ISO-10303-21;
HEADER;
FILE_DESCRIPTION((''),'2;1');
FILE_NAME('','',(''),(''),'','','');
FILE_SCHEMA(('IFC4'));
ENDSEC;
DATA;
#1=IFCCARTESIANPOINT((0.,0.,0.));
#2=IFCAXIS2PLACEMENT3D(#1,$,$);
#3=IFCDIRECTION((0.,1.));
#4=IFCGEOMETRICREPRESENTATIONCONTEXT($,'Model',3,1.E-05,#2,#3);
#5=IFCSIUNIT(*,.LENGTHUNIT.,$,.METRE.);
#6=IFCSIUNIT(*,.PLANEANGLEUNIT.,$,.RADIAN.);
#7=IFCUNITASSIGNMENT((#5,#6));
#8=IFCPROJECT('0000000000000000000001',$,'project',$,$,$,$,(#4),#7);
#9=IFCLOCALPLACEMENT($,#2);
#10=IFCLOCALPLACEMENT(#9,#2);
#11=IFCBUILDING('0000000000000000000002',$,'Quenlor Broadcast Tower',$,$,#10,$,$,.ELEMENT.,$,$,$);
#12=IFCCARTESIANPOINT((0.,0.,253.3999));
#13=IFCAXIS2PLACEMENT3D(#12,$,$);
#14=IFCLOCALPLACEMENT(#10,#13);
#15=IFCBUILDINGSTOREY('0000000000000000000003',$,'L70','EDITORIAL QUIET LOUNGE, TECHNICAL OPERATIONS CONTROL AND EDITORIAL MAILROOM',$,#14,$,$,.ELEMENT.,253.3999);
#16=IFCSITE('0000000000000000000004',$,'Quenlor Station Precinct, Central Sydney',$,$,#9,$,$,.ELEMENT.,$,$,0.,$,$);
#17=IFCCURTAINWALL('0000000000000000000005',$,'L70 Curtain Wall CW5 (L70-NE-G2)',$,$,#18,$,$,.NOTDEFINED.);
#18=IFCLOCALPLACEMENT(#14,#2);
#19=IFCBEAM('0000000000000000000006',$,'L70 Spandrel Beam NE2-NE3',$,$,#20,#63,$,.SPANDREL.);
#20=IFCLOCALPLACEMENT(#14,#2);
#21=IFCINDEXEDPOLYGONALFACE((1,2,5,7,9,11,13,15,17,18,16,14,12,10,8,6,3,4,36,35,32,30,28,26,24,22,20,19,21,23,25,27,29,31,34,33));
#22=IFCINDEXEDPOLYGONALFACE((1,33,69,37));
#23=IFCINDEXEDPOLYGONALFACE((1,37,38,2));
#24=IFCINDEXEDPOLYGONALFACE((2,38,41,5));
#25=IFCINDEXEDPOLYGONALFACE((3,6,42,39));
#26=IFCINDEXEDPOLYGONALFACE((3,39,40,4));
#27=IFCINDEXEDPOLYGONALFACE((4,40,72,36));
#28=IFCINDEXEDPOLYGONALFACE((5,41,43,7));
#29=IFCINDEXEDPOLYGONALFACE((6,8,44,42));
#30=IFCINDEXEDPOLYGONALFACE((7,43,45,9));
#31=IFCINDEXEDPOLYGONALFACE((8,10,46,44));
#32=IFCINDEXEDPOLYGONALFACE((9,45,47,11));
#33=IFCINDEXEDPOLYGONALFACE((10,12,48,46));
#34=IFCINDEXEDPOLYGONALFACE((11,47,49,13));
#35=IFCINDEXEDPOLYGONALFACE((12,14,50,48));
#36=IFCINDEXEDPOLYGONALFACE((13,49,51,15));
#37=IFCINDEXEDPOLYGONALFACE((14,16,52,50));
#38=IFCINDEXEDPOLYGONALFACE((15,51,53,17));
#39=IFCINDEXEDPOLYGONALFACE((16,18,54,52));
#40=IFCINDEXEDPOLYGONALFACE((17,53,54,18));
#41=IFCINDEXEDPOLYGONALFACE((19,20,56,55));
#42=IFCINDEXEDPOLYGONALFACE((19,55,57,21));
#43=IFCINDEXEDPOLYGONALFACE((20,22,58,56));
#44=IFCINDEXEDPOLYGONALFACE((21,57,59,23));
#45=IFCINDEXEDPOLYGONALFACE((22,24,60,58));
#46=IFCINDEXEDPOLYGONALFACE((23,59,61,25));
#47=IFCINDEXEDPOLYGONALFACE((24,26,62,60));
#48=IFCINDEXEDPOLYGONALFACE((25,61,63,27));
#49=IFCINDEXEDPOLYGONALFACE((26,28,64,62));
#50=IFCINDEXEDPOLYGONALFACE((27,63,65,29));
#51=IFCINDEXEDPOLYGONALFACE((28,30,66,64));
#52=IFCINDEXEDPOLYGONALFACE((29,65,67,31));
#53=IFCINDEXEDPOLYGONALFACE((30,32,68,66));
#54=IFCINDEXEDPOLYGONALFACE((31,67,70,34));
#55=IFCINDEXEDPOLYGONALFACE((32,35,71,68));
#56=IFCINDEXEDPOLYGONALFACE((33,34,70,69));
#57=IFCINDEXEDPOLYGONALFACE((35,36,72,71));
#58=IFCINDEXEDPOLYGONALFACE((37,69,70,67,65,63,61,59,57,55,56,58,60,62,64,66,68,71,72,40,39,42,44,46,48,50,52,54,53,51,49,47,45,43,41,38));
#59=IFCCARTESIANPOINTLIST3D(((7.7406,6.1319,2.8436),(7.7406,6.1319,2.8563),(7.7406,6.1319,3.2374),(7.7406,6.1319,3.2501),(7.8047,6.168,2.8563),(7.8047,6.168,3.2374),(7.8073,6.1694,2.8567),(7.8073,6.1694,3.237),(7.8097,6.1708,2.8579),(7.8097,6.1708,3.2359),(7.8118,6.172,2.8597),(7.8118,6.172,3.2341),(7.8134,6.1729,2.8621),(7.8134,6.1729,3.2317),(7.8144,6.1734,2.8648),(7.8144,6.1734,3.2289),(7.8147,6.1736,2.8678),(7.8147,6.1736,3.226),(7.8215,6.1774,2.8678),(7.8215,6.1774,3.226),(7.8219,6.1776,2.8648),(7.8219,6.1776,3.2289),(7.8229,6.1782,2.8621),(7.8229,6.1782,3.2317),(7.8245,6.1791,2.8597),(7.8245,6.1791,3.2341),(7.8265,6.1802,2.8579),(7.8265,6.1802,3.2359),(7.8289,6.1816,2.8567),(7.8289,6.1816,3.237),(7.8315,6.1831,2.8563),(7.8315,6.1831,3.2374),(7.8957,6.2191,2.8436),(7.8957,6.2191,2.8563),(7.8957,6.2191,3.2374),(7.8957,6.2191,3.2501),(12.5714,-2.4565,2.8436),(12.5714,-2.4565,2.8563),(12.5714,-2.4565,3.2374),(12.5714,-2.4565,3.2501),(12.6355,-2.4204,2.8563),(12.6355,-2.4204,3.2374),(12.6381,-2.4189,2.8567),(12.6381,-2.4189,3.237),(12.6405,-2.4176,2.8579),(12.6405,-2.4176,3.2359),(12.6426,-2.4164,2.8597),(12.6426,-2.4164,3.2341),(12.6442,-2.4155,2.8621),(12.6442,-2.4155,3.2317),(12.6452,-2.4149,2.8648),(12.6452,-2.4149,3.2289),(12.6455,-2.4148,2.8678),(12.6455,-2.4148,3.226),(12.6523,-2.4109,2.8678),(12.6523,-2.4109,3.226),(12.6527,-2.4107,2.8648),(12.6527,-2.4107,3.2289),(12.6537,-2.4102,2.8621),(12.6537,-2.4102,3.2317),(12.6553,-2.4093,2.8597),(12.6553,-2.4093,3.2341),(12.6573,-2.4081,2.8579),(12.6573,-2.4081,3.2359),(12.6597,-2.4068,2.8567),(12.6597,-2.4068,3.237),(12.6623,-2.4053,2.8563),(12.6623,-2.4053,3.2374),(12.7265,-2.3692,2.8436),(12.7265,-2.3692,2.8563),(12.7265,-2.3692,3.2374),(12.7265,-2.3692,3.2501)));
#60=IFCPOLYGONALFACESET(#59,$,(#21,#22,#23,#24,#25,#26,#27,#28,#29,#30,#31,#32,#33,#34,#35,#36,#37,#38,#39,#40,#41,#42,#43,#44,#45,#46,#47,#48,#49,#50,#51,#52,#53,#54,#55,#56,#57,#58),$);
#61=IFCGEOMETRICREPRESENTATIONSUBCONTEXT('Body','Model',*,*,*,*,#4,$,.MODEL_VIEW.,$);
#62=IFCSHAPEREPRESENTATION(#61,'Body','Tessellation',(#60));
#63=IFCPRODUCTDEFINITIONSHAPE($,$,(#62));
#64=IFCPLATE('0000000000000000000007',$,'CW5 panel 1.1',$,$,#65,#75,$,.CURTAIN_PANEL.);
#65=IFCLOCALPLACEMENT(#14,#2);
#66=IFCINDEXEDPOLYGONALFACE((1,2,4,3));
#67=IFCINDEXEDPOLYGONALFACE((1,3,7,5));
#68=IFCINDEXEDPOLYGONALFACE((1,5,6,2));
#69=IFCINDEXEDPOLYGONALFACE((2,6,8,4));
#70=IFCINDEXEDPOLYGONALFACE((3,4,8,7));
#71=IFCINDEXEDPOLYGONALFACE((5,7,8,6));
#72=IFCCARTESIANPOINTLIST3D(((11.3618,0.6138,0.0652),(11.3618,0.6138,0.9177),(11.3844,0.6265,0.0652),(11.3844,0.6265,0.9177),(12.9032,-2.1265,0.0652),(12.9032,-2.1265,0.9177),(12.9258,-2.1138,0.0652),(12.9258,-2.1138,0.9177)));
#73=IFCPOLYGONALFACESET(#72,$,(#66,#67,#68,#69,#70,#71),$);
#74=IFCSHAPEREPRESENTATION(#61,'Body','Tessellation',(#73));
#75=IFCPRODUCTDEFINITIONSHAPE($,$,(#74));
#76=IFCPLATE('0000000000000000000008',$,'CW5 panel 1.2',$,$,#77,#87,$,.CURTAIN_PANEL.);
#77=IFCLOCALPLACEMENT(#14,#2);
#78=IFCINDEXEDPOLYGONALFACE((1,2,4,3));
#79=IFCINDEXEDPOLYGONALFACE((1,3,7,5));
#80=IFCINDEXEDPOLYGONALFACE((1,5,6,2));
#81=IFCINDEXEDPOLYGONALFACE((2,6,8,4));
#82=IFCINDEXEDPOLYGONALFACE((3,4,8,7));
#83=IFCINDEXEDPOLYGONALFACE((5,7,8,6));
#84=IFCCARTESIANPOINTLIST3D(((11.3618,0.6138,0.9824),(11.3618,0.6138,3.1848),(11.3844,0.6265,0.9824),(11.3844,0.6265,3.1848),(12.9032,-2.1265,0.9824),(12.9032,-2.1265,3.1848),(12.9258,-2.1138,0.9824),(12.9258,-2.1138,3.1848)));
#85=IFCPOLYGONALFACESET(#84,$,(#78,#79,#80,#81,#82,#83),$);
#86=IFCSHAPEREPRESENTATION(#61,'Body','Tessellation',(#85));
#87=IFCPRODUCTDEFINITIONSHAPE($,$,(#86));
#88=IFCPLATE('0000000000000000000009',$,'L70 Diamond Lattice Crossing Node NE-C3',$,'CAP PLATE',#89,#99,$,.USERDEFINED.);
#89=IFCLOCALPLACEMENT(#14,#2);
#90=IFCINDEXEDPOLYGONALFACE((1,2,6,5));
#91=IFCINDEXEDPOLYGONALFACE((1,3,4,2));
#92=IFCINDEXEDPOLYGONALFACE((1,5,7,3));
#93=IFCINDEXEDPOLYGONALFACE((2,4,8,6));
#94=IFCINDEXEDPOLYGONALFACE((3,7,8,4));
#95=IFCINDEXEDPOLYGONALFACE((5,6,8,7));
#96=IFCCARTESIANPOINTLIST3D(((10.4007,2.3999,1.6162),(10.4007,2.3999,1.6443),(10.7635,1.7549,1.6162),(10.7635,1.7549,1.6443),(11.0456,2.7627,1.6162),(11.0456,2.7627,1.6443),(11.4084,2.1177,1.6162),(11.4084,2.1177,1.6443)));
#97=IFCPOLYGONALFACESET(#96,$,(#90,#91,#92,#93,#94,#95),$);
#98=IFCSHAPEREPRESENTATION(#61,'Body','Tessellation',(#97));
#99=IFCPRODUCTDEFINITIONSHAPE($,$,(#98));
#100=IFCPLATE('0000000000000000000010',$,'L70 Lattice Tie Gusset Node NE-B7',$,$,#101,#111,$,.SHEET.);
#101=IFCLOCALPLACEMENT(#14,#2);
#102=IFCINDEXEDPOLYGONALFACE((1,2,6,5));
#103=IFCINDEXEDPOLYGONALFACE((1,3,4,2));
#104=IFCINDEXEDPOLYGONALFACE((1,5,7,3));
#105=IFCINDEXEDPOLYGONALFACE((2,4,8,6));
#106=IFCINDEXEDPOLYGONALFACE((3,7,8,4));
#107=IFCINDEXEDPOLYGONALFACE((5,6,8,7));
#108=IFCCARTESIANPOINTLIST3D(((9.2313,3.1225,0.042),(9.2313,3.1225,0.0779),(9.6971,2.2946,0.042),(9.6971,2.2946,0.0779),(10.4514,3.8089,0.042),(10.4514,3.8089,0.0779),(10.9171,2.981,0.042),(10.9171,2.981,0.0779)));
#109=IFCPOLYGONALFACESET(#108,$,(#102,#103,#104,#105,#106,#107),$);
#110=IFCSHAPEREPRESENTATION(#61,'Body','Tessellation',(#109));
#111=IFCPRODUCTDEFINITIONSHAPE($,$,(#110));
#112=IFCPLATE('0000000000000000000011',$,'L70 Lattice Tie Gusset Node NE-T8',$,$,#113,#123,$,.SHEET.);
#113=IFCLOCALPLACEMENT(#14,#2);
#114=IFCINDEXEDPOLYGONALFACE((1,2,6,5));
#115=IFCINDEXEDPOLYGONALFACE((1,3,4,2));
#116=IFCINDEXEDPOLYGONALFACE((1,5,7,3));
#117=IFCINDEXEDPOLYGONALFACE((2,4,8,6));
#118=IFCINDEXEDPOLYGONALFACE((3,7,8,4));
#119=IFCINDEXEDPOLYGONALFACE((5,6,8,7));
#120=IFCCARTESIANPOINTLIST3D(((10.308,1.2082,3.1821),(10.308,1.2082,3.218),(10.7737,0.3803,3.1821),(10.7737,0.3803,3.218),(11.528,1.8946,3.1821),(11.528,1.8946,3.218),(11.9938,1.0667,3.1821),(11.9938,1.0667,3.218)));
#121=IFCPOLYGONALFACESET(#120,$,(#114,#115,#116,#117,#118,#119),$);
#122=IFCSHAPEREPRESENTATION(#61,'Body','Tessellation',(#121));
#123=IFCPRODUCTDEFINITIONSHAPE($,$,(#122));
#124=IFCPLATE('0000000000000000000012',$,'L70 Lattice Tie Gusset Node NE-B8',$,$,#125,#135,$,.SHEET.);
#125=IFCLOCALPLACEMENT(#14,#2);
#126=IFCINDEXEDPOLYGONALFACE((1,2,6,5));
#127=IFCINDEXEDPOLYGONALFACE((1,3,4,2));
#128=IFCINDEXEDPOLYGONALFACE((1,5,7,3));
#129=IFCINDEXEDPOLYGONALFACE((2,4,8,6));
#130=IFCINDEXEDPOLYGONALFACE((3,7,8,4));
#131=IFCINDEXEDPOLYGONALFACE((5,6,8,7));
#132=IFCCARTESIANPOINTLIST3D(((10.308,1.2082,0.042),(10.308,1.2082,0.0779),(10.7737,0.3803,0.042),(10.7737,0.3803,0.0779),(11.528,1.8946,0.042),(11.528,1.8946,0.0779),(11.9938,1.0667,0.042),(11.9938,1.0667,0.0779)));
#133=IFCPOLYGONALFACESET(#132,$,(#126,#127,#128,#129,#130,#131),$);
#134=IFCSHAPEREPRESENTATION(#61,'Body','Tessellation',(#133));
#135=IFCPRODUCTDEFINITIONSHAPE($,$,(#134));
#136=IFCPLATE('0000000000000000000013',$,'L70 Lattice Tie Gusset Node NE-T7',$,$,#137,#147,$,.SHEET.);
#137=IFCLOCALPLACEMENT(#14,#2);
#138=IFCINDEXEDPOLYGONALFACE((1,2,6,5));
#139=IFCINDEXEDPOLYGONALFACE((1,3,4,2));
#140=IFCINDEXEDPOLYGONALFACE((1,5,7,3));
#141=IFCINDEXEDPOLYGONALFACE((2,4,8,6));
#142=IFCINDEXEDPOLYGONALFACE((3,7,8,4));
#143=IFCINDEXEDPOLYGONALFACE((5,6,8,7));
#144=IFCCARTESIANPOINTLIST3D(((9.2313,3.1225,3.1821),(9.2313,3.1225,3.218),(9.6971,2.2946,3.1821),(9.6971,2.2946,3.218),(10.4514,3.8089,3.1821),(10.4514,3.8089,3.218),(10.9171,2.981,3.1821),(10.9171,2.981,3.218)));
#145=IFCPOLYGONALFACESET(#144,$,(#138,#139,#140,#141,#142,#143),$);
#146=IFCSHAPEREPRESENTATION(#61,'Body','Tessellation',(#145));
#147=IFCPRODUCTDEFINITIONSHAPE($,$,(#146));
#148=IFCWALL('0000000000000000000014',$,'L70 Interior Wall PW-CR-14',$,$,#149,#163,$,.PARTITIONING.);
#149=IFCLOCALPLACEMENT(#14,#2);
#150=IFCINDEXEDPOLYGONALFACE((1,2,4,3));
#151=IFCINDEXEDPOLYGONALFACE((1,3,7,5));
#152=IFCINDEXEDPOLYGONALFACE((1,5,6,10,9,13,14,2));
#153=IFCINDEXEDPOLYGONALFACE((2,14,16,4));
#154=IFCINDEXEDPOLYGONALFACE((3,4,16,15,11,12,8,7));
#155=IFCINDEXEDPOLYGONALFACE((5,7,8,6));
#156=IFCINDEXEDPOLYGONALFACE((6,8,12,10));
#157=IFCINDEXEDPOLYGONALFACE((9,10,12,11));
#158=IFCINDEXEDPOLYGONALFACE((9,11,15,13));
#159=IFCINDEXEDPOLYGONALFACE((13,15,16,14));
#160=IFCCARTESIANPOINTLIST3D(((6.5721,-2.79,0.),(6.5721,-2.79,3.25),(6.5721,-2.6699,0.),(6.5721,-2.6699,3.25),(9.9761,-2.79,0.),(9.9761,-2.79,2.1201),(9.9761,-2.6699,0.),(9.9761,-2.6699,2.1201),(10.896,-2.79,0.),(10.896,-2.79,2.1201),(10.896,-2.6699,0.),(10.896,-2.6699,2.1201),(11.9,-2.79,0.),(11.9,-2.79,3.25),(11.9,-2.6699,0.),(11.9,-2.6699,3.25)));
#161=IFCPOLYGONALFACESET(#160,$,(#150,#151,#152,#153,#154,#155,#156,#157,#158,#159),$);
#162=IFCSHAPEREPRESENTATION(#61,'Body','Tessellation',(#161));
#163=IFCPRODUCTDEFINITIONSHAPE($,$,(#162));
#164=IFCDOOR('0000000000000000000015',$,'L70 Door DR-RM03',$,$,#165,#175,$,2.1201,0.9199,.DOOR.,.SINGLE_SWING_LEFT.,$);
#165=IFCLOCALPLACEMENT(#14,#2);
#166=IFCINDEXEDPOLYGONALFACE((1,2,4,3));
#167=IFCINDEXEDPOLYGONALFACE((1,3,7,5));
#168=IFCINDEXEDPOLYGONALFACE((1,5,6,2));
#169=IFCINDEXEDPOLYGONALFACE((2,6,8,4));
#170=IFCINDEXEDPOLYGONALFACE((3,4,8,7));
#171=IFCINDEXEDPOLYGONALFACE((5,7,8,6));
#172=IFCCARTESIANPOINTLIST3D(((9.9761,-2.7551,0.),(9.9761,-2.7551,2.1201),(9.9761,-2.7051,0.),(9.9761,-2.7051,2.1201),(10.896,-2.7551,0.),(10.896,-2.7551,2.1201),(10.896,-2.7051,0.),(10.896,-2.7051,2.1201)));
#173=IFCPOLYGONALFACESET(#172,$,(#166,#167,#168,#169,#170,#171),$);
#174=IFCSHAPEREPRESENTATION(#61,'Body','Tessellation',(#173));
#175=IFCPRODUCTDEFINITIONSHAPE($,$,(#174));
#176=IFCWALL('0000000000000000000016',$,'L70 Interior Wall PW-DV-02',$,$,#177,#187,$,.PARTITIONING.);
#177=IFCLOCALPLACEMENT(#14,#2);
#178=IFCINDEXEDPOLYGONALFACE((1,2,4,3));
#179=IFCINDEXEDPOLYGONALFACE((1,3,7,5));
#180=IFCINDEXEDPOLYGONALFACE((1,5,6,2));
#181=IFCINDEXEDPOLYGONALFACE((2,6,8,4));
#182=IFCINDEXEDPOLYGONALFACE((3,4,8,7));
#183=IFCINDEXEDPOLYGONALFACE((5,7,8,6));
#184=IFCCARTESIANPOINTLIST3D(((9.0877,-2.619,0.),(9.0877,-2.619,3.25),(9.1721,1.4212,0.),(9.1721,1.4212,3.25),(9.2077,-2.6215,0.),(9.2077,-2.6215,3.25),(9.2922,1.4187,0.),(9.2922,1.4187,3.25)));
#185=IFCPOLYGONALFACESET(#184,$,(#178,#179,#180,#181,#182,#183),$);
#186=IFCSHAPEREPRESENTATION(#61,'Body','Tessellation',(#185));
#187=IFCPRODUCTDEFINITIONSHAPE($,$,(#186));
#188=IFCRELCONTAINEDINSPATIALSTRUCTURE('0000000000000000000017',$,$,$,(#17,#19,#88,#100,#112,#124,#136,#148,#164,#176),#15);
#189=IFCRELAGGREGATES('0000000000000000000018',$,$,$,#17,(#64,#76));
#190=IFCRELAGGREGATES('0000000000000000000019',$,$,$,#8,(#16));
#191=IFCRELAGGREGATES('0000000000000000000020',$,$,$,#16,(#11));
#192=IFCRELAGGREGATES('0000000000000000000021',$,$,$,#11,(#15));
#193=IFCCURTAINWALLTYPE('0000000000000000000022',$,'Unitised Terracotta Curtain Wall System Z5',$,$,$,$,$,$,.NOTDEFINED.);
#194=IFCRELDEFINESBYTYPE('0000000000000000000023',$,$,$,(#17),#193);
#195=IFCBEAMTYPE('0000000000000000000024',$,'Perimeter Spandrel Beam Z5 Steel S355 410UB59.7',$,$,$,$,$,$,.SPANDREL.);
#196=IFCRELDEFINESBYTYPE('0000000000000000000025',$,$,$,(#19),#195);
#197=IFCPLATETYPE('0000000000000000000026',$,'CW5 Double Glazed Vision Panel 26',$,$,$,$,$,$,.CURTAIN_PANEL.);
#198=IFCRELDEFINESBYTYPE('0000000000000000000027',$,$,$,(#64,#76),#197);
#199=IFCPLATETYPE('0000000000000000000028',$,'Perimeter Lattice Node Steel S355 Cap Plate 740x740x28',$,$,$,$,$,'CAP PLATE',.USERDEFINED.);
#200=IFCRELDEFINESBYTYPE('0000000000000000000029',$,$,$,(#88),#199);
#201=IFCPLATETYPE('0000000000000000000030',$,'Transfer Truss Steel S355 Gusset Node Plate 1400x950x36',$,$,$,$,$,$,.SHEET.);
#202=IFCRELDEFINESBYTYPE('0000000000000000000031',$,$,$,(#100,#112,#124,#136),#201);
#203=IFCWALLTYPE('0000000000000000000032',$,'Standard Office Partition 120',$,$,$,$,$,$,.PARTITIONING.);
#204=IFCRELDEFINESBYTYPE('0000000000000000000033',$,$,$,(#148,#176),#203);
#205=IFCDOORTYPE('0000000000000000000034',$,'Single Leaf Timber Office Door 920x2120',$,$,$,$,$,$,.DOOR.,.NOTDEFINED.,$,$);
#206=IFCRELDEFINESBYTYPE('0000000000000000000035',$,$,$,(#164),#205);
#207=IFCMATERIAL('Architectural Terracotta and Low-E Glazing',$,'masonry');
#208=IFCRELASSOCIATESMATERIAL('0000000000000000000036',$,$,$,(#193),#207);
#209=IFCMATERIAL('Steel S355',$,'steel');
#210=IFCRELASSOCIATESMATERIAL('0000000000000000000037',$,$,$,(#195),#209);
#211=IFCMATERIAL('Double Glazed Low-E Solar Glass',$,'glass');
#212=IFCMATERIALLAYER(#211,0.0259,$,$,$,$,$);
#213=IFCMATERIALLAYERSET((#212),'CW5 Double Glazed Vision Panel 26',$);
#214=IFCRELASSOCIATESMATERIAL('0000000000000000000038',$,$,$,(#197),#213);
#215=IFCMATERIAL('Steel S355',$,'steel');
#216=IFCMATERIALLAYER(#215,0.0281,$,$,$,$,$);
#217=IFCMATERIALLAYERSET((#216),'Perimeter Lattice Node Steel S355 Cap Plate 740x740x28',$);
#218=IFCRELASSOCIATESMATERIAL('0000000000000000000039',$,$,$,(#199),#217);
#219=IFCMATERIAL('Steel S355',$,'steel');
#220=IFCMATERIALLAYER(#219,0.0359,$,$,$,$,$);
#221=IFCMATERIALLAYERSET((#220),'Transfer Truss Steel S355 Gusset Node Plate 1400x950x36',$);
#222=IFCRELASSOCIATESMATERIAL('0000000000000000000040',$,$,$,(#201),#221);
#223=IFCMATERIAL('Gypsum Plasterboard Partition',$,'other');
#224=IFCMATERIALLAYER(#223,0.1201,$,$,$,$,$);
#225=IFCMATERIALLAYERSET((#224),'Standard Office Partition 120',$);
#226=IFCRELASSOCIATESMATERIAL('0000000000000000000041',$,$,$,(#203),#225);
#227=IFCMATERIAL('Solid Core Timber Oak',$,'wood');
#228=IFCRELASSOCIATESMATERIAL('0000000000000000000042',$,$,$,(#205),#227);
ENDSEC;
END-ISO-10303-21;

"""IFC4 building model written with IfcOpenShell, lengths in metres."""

from ifc_helpers import new_model, si_unit, direction, frame, frame_2d, origin, origin_2d, place, context, subcontext, project, spatial, rectangle, i_section, extrude, material, layer, layer_set, material_profile, profile_set, type_object, element, fill, aggregate, save


model = new_model("IFC4")

# Units and contexts
model_context = context("Model", 3, precision=1e-05, world=origin(), true_north=direction((0.0, 1.0)))
body_context = subcontext(model_context, "Body", "Model", "MODEL_VIEW")
ifc_project = project(units=[si_unit("LENGTHUNIT", "METRE"), si_unit("PLANEANGLEUNIT", "RADIAN")], contexts=[model_context])

# Site, building, storey
site_placement = place(None, origin())
site = spatial("IfcSite", under=ifc_project, at=site_placement, Name="Quenlor Station Precinct, Central Sydney", CompositionType="ELEMENT", RefElevation=0.0)
building_placement = place(site_placement, origin())
building = spatial("IfcBuilding", under=site, at=building_placement, Name="Quenlor Broadcast Tower", CompositionType="ELEMENT")
storey_placement = place(building_placement, frame((0.0, 0.0, 253.3999)))
storey = spatial("IfcBuildingStorey", under=building, at=storey_placement, Name="L70", Description="EDITORIAL QUIET LOUNGE, TECHNICAL OPERATIONS CONTROL AND EDITORIAL MAILROOM", CompositionType="ELEMENT", Elevation=253.3999)

# Shared definitions
ifc_material_1 = material(Name="Architectural Terracotta and Low-E Glazing", Category="masonry")
curtain_wall_type = type_object("IfcCurtainWallType", Name="Unitised Terracotta Curtain Wall System Z5", PredefinedType="NOTDEFINED", material=ifc_material_1)

# Curtain wall
curtain_wall_1_placement = place(storey_placement, origin())
curtain_wall_1 = element("IfcCurtainWall", 1, at=curtain_wall_1_placement, inside=storey, type_object=curtain_wall_type, Name="L70 Curtain Wall CW5 (L70-NE-G2)", PredefinedType="NOTDEFINED")

# Beam
ifc_material_2 = material(Name="Steel S355", Category="steel")
ifc_material_profile_1 = material_profile(ifc_material_2, i_section(OverallWidth=0.178, OverallDepth=0.4065, WebThickness=0.0078, FlangeThickness=0.0127, FilletRadius=0.0115, at=origin_2d()))
ifc_profile_set_1 = profile_set([ifc_material_profile_1], Name="Steel S355 410UB59.7")
beam_type = type_object("IfcBeamType", Name="Perimeter Spandrel Beam Z5 Steel S355 410UB59.7", PredefinedType="SPANDREL", material=ifc_profile_set_1)
beam_placement = place(storey_placement, frame((12.6489, -2.4128, 3.0469), z_axis=(-0.490249, 0.871582, 0.0), x_axis=(-0.871582, -0.490249, 0.0)))
element("IfcBeam", 2, at=beam_placement, inside=storey, type_object=beam_type, Name="L70 Spandrel Beam NE2-NE3", PredefinedType="SPANDREL", context=body_context, shape_type="SweptSolid", body=[
    extrude(i_section(OverallWidth=0.178, OverallDepth=0.4065, WebThickness=0.0078, FlangeThickness=0.0127, FilletRadius=0.0115, at=origin_2d()), origin(), (0.0, 0.0, 1.0), 9.8538),
])

# Plates
ifc_material_3 = material(Name="Double Glazed Low-E Solar Glass", Category="glass")
ifc_layer_1 = layer(ifc_material_3, 0.0259)
ifc_layer_set_1 = layer_set([ifc_layer_1], Name="CW5 Double Glazed Vision Panel 26")
plate_type_1 = type_object("IfcPlateType", Name="CW5 Double Glazed Vision Panel 26", PredefinedType="CURTAIN_PANEL", material=ifc_layer_set_1)
plate_1_placement = place(storey_placement, frame((12.1438, -0.75, 0.0652), z_axis=(0.0, 0.0, 1.0), x_axis=(0.490263, -0.871575, 0.0)))
plate_1 = element("IfcPlate", 3, at=plate_1_placement, type_object=plate_type_1, Name="CW5 panel 1.1", PredefinedType="CURTAIN_PANEL", context=body_context, shape_type="SweptSolid", body=[
    extrude(rectangle(XDim=3.144, YDim=0.0259, at=origin_2d()), origin(), (0.0, 0.0, 1.0), 0.8525),
])
plate_2_placement = place(storey_placement, frame((12.1438, -0.75, 0.9824), z_axis=(0.0, 0.0, 1.0), x_axis=(0.490263, -0.871575, 0.0)))
plate_2 = element("IfcPlate", 4, at=plate_2_placement, type_object=plate_type_1, Name="CW5 panel 1.2", PredefinedType="CURTAIN_PANEL", context=body_context, shape_type="SweptSolid", body=[
    extrude(rectangle(XDim=3.144, YDim=0.0259, at=origin_2d()), origin(), (0.0, 0.0, 1.0), 2.2024),
])
aggregate(curtain_wall_1, [plate_1, plate_2])

# Plates
ifc_material_4 = material(Name="Steel S355", Category="steel")
ifc_layer_2 = layer(ifc_material_4, 0.0281)
ifc_layer_set_2 = layer_set([ifc_layer_2], Name="Perimeter Lattice Node Steel S355 Cap Plate 740x740x28")
plate_type_2 = type_object("IfcPlateType", Name="Perimeter Lattice Node Steel S355 Cap Plate 740x740x28", ElementType="CAP PLATE", PredefinedType="USERDEFINED", material=ifc_layer_set_2)
plate_3_placement = place(storey_placement, frame((10.9045, 2.2588, 1.6162), z_axis=(0.0, 0.0, 1.0), x_axis=(0.490295, -0.871556, 0.0)))
element("IfcPlate", 5, at=plate_3_placement, inside=storey, type_object=plate_type_2, Name="L70 Diamond Lattice Crossing Node NE-C3", ObjectType="CAP PLATE", PredefinedType="USERDEFINED", context=body_context, shape_type="SweptSolid", body=[
    extrude(rectangle(XDim=0.74, YDim=0.74, at=origin_2d()), origin(), (0.0, 0.0, 1.0), 0.0281),
])
ifc_material_5 = material(Name="Steel S355", Category="steel")
ifc_layer_3 = layer(ifc_material_5, 0.0359)
ifc_layer_set_3 = layer_set([ifc_layer_3], Name="Transfer Truss Steel S355 Gusset Node Plate 1400x950x36")
plate_type_3 = type_object("IfcPlateType", Name="Transfer Truss Steel S355 Gusset Node Plate 1400x950x36", PredefinedType="SHEET", material=ifc_layer_set_3)
for number, where, z_axis, x_axis, name in (
    (6, (10.0742, 3.0518, 0.042), (0.0, 0.0, 1.0), (0.871556, 0.490295, 0.0), "L70 Lattice Tie Gusset Node NE-B7"),
    (7, (11.1509, 1.1375, 3.1821), (0.0, 0.0, 1.0), (0.871556, 0.490295, 0.0), "L70 Lattice Tie Gusset Node NE-T8"),
    (8, (11.1509, 1.1375, 0.042), (0.0, 0.0, 1.0), (0.871556, 0.490295, 0.0), "L70 Lattice Tie Gusset Node NE-B8"),
    (9, (10.0742, 3.0518, 3.1821), (0.0, 0.0, 1.0), (0.871556, 0.490295, 0.0), "L70 Lattice Tie Gusset Node NE-T7"),
):
    element("IfcPlate", number, at=place(storey_placement, frame(where, z_axis=z_axis, x_axis=x_axis)), inside=storey, type_object=plate_type_3, Name=name, PredefinedType="SHEET", context=body_context, shape_type="SweptSolid", body=[
        extrude(rectangle(XDim=1.3999, YDim=0.95, at=origin_2d()), origin(), (0.0, 0.0, 1.0), 0.0359),
    ])

# Wall, opening, door
ifc_material_6 = material(Name="Gypsum Plasterboard Partition", Category="other")
ifc_layer_4 = layer(ifc_material_6, 0.1201)
ifc_layer_set_4 = layer_set([ifc_layer_4], Name="Standard Office Partition 120")
wall_type_1 = type_object("IfcWallType", Name="Standard Office Partition 120", PredefinedType="PARTITIONING", material=ifc_layer_set_4)
wall_1_placement = place(storey_placement, frame((6.572, -2.73, 0.0), z_axis=(0.0, 0.0, 1.0), x_axis=(1.0, 0.0, 0.0)))
wall_1 = element("IfcWall", 10, at=wall_1_placement, inside=storey, type_object=wall_type_1, Name="L70 Interior Wall PW-CR-14", PredefinedType="PARTITIONING", context=body_context, shape_type="SweptSolid", body=[
    extrude(rectangle(XDim=5.3279, YDim=0.1201, at=frame_2d((2.6641, 0.0))), origin(), (0.0, 0.0, 1.0), 3.25),
])
opening_placement = place(wall_1_placement, frame((3.4041, 0.0, 0.0)))
opening = element("IfcOpeningElement", 11, at=opening_placement, cuts=wall_1, PredefinedType="OPENING", context=body_context, shape_type="SweptSolid", body=[
    extrude(rectangle(XDim=0.9199, YDim=2.1201, at=frame_2d((0.46, 1.0601))), frame((0.0, 0.0701, 0.0), z_axis=(0.0, -1.0, 0.0), x_axis=(1.0, 0.0, 0.0)), (0.0, 0.0, 1.0), 0.1401),
])
ifc_material_7 = material(Name="Solid Core Timber Oak", Category="wood")
door_type = type_object("IfcDoorType", Name="Single Leaf Timber Office Door 920x2120", OperationType="NOTDEFINED", PredefinedType="DOOR", material=ifc_material_7)
door_placement = place(opening_placement, origin())
door = element("IfcDoor", 12, at=door_placement, inside=storey, type_object=door_type, Name="L70 Door DR-RM03", OperationType="SINGLE_SWING_LEFT", OverallHeight=2.1201, OverallWidth=0.9199, PredefinedType="DOOR", context=body_context, shape_type="SweptSolid", body=[
    extrude(rectangle(XDim=0.9199, YDim=2.1201, at=frame_2d((0.46, 1.0601))), frame((0.0, 0.0249, 0.0), z_axis=(0.0, -1.0, 0.0), x_axis=(1.0, 0.0, 0.0)), (0.0, 0.0, 1.0), 0.05),
])
fill(opening, door)

# Wall
wall_2_placement = place(storey_placement, frame((9.2322, 1.4199, 0.0), z_axis=(0.0, 0.0, 1.0), x_axis=(-0.020904, -0.999781, 0.0)))
element("IfcWall", 13, at=wall_2_placement, inside=storey, type_object=wall_type_1, Name="L70 Interior Wall PW-DV-02", PredefinedType="PARTITIONING", context=body_context, shape_type="SweptSolid", body=[
    extrude(rectangle(XDim=4.041, YDim=0.1201, at=frame_2d((2.0205, 0.0))), origin(), (0.0, 0.0, 1.0), 3.25),
])

save(model, "model.ifc")
